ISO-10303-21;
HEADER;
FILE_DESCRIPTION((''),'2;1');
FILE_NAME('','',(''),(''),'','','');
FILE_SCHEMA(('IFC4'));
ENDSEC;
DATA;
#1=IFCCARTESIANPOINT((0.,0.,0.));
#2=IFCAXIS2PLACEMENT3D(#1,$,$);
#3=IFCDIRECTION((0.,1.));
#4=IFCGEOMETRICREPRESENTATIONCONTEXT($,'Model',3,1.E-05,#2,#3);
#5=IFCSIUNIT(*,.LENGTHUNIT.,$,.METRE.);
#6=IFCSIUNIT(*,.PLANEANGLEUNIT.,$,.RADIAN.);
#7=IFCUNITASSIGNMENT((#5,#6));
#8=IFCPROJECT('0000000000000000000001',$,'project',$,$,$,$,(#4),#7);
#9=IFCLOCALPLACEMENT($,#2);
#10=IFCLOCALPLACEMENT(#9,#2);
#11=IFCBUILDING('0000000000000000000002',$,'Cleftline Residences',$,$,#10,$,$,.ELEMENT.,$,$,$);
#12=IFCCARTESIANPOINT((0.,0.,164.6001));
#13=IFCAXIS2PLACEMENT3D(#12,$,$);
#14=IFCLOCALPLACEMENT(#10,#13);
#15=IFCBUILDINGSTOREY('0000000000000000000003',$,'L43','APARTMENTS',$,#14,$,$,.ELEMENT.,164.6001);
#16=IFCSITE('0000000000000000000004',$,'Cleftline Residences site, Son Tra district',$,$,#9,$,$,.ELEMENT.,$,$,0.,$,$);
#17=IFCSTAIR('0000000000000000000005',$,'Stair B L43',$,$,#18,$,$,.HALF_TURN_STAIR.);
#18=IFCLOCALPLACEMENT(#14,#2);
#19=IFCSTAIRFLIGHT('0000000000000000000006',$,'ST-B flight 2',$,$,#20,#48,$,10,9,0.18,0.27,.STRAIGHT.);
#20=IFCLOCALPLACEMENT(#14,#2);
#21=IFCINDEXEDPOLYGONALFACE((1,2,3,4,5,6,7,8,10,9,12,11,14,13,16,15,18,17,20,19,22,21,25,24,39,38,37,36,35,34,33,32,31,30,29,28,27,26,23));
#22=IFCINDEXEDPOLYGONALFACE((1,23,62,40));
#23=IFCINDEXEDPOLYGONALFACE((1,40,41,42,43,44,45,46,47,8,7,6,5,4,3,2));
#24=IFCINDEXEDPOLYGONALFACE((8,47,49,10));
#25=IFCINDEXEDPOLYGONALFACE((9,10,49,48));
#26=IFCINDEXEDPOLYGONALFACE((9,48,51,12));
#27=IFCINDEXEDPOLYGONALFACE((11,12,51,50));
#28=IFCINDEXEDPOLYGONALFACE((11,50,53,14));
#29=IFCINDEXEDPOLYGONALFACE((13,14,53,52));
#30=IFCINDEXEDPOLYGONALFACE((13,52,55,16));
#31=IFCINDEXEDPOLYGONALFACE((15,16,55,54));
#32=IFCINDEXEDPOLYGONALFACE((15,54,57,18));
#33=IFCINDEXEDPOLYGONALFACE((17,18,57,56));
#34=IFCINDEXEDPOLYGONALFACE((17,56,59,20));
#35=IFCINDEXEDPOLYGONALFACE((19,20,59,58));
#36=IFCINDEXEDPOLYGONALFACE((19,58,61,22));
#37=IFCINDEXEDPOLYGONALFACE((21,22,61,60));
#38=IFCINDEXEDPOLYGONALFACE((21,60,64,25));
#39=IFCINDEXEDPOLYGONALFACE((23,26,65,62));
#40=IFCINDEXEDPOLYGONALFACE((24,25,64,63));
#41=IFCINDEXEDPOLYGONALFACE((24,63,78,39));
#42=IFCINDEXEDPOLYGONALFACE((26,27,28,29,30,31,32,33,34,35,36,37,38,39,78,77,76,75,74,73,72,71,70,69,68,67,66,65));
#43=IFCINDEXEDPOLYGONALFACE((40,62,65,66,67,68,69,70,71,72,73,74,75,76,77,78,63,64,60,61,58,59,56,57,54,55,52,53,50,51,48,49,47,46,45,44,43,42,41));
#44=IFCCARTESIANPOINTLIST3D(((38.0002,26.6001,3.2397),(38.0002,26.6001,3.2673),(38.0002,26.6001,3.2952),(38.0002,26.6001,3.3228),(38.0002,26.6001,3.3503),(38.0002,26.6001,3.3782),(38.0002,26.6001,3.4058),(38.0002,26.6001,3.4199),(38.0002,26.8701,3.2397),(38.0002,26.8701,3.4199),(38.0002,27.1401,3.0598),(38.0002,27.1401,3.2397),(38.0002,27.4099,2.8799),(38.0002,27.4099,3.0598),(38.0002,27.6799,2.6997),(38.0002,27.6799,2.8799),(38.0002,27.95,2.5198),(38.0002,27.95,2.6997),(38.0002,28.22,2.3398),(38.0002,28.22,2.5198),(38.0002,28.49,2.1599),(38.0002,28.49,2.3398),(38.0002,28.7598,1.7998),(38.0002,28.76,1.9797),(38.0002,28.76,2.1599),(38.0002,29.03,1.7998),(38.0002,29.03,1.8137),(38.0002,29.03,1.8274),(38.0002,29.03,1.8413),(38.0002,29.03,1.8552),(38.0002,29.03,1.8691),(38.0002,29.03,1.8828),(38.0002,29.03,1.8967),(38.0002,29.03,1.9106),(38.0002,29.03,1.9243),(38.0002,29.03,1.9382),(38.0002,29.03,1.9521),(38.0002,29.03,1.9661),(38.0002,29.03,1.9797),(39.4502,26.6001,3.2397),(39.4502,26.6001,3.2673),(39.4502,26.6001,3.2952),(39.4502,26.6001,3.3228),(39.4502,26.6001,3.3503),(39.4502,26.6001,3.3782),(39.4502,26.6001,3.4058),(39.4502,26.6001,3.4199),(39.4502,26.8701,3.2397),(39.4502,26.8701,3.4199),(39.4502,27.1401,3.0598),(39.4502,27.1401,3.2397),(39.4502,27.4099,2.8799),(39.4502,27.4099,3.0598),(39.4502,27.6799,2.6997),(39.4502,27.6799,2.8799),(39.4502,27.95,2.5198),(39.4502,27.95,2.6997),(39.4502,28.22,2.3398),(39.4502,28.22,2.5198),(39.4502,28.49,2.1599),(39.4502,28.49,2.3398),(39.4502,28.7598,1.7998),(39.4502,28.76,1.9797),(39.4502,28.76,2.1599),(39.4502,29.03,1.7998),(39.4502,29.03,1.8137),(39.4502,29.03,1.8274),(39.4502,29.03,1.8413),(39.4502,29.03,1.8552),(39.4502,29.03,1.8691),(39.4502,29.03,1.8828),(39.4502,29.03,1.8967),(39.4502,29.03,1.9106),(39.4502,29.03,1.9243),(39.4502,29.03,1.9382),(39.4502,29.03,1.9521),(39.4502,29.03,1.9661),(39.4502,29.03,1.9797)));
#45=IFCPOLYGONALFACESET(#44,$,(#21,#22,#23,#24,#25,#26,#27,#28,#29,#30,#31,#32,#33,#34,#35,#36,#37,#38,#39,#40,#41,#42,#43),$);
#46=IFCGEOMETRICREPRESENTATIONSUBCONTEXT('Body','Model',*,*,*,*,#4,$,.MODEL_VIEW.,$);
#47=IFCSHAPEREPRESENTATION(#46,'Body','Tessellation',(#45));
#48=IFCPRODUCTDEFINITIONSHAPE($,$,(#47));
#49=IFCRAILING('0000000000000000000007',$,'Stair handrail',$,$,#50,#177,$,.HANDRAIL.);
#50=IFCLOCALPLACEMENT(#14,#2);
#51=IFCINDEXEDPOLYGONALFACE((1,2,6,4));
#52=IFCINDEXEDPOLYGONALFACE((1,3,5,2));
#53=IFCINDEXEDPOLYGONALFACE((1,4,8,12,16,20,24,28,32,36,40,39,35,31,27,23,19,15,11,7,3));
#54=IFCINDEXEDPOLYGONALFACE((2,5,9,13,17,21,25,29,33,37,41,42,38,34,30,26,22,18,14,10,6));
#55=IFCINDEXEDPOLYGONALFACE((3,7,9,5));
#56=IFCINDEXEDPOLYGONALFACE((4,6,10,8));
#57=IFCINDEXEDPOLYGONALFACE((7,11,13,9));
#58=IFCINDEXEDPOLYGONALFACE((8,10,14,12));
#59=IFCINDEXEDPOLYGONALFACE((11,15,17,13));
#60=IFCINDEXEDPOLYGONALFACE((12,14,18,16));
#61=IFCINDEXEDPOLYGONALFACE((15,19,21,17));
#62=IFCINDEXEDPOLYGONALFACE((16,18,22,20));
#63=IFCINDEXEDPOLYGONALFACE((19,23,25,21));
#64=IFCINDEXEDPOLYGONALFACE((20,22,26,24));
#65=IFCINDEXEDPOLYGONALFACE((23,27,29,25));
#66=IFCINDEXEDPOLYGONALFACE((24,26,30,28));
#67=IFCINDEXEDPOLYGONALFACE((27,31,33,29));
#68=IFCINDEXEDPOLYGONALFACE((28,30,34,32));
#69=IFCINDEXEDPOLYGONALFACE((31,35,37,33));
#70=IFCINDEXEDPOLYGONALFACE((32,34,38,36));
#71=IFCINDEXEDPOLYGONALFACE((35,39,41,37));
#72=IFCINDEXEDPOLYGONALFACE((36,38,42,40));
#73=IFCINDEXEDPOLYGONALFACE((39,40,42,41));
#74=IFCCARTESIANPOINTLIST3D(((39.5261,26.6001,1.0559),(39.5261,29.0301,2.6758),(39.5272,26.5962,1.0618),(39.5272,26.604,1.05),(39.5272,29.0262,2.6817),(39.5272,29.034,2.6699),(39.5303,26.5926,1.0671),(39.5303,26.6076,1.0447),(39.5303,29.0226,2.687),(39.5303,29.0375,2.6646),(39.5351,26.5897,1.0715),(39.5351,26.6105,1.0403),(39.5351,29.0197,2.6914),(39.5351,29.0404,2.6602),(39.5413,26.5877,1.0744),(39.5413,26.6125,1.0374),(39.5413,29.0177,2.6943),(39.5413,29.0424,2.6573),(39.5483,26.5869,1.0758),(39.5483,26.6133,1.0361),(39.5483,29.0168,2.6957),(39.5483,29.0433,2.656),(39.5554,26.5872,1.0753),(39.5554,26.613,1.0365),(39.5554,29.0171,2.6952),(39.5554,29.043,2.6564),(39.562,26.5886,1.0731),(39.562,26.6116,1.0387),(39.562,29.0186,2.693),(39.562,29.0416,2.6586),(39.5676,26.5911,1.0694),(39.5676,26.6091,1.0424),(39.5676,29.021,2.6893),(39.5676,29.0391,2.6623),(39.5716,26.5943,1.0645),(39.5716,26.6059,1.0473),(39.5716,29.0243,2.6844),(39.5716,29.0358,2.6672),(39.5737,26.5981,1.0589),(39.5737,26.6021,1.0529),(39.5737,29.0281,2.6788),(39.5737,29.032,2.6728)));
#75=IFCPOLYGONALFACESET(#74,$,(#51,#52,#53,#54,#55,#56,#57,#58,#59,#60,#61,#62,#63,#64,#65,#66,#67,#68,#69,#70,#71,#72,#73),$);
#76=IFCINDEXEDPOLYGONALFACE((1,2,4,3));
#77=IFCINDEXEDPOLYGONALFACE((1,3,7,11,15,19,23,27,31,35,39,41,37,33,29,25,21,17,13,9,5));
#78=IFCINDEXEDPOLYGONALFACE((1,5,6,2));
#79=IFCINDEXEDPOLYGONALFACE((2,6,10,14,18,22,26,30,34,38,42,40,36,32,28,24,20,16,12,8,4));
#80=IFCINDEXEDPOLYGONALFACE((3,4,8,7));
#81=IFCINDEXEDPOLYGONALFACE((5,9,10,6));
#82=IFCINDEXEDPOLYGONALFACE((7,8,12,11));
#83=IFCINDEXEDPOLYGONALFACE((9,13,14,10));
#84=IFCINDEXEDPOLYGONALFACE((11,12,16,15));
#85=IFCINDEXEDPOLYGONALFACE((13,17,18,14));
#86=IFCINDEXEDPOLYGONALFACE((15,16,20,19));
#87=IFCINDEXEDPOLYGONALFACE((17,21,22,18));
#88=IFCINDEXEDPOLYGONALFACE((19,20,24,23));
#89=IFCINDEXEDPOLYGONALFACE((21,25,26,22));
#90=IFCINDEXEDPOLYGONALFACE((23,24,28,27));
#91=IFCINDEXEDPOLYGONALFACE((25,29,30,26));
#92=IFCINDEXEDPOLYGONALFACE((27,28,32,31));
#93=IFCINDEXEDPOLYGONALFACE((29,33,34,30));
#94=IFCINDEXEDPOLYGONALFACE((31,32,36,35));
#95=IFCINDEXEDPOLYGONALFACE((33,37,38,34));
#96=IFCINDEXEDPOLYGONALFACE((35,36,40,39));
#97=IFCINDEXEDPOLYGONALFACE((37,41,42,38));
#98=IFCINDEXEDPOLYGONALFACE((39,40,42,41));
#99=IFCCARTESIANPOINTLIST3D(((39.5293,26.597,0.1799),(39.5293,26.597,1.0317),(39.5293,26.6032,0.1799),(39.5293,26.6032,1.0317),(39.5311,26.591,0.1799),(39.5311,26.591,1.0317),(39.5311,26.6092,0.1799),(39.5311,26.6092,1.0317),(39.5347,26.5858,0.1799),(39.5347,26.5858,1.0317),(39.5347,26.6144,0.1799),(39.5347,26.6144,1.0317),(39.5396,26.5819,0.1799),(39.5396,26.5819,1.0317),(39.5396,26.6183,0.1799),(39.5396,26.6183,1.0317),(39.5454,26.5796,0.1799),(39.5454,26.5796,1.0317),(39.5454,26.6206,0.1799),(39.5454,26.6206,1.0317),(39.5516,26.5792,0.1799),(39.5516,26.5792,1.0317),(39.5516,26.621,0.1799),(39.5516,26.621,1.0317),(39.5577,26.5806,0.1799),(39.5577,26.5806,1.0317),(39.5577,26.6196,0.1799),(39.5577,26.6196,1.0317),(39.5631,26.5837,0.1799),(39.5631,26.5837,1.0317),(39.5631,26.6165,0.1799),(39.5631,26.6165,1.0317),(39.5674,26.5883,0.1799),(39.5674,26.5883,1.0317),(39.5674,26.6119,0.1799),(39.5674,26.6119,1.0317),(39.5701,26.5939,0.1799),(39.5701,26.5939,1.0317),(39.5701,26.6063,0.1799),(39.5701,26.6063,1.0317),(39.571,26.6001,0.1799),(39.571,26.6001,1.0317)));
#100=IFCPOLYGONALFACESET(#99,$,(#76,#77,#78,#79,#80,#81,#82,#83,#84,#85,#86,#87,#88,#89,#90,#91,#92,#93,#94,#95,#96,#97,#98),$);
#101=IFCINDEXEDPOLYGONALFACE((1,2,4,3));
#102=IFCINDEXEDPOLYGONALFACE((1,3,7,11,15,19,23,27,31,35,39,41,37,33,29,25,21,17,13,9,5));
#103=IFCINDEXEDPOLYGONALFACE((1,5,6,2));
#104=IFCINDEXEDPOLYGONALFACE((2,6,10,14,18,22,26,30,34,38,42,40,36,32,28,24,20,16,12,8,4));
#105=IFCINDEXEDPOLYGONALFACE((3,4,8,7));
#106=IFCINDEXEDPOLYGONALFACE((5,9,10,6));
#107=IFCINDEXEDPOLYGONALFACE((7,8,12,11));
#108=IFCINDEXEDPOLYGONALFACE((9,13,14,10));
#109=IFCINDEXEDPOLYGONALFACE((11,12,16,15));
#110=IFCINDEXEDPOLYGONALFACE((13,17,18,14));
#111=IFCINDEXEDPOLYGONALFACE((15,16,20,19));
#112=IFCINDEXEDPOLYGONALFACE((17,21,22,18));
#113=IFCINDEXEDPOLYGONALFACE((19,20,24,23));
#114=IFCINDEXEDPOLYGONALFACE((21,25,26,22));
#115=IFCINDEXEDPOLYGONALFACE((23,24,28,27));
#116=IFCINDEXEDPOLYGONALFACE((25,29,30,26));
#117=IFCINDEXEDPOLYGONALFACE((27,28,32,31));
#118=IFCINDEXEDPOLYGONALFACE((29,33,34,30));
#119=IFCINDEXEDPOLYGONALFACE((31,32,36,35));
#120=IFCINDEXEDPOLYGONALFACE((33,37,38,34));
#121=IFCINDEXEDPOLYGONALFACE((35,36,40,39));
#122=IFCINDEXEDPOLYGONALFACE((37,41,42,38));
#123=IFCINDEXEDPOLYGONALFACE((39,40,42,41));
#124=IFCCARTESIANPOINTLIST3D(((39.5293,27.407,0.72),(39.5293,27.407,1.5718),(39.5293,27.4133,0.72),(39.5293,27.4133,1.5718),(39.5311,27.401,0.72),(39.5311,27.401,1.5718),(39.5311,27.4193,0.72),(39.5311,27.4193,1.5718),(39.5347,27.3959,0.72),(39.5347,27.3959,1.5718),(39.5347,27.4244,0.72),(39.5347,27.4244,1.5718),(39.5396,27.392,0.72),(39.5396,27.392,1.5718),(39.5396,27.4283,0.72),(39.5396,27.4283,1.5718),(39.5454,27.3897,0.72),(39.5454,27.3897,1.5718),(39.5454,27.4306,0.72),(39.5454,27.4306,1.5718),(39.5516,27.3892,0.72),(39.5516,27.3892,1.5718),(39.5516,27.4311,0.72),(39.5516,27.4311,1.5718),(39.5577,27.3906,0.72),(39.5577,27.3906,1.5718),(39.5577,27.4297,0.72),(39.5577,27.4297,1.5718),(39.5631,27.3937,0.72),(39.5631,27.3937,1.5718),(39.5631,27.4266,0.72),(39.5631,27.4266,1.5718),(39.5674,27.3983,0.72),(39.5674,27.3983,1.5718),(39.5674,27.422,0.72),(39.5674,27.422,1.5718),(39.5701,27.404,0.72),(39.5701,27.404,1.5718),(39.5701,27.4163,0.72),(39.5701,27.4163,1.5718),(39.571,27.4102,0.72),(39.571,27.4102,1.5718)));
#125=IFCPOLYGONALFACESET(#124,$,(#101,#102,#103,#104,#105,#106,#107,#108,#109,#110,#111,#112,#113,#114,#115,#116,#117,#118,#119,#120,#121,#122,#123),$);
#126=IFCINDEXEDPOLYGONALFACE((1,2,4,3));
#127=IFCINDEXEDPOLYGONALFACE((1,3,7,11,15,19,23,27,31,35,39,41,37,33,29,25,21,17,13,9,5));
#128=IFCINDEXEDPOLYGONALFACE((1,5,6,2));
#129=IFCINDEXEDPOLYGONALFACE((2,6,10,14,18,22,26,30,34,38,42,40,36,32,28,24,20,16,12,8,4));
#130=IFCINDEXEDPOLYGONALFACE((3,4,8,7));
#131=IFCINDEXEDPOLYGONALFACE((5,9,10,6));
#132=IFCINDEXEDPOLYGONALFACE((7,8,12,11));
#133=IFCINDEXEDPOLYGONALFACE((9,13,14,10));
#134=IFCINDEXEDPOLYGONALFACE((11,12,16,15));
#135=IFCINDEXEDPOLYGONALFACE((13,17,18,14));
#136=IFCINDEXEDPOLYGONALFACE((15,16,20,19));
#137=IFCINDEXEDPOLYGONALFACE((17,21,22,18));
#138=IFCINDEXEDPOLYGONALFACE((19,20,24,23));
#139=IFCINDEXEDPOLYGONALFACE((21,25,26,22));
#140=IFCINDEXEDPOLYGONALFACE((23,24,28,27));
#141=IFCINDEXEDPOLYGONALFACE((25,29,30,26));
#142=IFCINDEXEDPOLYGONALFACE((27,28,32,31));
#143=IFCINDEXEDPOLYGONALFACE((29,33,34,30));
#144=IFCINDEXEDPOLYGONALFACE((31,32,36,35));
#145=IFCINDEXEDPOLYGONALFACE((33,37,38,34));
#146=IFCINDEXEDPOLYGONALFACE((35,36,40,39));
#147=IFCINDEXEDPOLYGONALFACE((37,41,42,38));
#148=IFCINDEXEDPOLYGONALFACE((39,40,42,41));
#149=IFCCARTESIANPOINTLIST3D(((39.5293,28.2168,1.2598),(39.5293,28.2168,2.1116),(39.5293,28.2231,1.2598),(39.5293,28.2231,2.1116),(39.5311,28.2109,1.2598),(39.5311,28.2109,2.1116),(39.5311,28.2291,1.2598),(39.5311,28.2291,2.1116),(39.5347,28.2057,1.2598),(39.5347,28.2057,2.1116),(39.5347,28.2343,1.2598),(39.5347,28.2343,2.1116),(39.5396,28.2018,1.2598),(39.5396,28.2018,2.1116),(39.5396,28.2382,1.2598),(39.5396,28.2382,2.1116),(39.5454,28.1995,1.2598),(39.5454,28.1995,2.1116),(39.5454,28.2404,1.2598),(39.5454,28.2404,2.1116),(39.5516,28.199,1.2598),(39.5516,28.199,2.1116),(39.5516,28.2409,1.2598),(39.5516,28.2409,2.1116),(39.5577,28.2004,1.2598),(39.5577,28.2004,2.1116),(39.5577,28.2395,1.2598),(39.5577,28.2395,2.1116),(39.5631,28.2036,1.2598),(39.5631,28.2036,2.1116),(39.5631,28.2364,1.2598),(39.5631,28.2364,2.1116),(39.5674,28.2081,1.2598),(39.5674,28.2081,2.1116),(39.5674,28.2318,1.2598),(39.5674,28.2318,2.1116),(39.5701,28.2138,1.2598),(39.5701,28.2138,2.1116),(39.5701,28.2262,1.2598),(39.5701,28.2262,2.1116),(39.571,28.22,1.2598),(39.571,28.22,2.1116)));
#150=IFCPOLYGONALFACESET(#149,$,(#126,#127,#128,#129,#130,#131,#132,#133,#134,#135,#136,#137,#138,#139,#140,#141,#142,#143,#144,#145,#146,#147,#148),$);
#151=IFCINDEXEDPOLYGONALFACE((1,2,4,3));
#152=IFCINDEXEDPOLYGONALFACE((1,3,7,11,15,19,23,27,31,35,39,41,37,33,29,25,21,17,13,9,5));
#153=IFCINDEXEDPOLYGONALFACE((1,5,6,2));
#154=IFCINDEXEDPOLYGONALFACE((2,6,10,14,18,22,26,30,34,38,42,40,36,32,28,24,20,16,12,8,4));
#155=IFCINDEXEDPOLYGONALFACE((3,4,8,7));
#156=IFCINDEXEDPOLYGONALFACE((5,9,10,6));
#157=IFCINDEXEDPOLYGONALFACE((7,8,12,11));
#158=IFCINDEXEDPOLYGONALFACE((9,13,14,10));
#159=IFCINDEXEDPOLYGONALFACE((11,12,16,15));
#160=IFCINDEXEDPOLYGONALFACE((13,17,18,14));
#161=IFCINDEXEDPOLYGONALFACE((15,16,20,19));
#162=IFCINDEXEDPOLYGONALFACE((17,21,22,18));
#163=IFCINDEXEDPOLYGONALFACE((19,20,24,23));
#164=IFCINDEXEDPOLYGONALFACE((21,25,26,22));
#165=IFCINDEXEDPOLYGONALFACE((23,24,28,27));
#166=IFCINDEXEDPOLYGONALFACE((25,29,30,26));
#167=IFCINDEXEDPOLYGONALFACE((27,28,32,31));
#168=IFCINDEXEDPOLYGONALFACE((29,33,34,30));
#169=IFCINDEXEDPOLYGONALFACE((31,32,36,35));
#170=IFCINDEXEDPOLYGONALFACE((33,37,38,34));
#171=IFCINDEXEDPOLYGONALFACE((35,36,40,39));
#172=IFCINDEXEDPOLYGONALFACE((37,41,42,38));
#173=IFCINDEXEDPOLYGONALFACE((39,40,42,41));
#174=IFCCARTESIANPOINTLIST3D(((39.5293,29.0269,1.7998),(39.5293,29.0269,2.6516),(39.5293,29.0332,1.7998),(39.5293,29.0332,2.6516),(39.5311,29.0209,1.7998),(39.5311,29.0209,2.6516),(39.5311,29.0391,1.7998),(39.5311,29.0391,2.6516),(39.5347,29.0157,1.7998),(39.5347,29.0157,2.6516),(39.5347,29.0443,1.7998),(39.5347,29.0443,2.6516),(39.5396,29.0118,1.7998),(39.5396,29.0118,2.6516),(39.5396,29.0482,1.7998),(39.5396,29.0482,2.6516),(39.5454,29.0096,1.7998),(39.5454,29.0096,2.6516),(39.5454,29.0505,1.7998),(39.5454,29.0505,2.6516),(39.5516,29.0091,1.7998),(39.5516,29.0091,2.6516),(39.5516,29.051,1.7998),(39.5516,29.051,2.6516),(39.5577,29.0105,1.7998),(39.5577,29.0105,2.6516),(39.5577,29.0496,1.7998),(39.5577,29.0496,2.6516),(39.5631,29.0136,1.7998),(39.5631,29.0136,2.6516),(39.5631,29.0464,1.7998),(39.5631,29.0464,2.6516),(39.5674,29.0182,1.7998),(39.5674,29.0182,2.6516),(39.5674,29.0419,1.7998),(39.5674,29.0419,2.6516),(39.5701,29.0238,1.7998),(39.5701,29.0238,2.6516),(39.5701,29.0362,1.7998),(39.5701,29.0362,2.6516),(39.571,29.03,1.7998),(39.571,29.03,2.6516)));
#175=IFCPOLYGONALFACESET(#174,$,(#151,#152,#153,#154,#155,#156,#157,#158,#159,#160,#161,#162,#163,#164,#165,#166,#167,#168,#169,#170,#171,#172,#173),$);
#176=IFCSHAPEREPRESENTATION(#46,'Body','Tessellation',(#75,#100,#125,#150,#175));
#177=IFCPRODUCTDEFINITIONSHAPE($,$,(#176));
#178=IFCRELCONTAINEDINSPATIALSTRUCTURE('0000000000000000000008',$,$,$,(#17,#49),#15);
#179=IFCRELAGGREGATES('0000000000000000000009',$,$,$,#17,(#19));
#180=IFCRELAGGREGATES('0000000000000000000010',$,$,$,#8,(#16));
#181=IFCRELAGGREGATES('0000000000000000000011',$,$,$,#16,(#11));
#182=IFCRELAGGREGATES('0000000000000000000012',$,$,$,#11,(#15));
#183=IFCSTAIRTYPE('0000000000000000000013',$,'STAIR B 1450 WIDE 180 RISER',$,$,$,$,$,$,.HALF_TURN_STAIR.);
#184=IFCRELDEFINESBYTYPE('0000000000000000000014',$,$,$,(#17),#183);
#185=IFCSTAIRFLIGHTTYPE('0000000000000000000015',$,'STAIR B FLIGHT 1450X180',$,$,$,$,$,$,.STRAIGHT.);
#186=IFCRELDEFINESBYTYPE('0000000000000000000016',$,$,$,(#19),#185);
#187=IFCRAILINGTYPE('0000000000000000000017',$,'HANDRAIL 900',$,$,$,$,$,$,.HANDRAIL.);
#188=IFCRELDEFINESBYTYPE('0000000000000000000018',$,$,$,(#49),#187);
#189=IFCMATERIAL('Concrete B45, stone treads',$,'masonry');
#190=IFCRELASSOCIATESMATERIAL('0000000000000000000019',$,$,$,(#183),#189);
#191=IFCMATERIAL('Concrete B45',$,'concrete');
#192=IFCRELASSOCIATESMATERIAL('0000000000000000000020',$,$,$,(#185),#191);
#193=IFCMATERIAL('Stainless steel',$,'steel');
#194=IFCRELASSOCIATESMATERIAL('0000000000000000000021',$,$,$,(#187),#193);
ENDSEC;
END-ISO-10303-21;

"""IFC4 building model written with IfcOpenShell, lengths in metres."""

from ifc_helpers import new_model, si_unit, direction, frame, origin, origin_2d, place, context, subcontext, project, spatial, polyline, circle, outline, extrude, material, type_object, element, aggregate, save


model = new_model("IFC4")

# Units and contexts
model_context = context("Model", 3, precision=1e-05, world=origin(), true_north=direction((0.0, 1.0)))
body_context = subcontext(model_context, "Body", "Model", "MODEL_VIEW")
ifc_project = project(units=[si_unit("LENGTHUNIT", "METRE"), si_unit("PLANEANGLEUNIT", "RADIAN")], contexts=[model_context])

# Site, building, storey
site_placement = place(None, origin())
site = spatial("IfcSite", under=ifc_project, at=site_placement, Name="Cleftline Residences site, Son Tra district", CompositionType="ELEMENT", RefElevation=0.0)
building_placement = place(site_placement, origin())
building = spatial("IfcBuilding", under=site, at=building_placement, Name="Cleftline Residences", CompositionType="ELEMENT")
storey_placement = place(building_placement, frame((0.0, 0.0, 164.6001)))
storey = spatial("IfcBuildingStorey", under=building, at=storey_placement, Name="L43", Description="APARTMENTS", CompositionType="ELEMENT", Elevation=164.6001)

# Stair, stair flight
ifc_material_1 = material(Name="Concrete B45, stone treads", Category="masonry")
stair_type = type_object("IfcStairType", Name="STAIR B 1450 WIDE 180 RISER", PredefinedType="HALF_TURN_STAIR", material=ifc_material_1)
stair_placement = place(storey_placement, origin())
stair = element("IfcStair", 1, at=stair_placement, inside=storey, type_object=stair_type, Name="Stair B L43", PredefinedType="HALF_TURN_STAIR")
ifc_material_2 = material(Name="Concrete B45", Category="concrete")
stair_flight_type = type_object("IfcStairFlightType", Name="STAIR B FLIGHT 1450X180", PredefinedType="STRAIGHT", material=ifc_material_2)
stair_flight_1_placement = place(storey_placement, frame((38.7251, 29.03, 1.7998), z_axis=(0.0, 0.0, 1.0), x_axis=(0.0, -1.0, 0.0)))
stair_flight_1 = element("IfcStairFlight", 2, at=stair_flight_1_placement, type_object=stair_flight_type, Name="ST-B flight 2", NumberOfRisers=10, NumberOfTreads=9, PredefinedType="STRAIGHT", RiserHeight=0.18, TreadLength=0.27, context=body_context, shape_type="SweptSolid", body=[
    extrude(outline(polyline([(0.0, 0.0), (0.0, 0.0139), (0.0, 0.0276), (0.0, 0.0415), (0.0, 0.0554), (0.0, 0.0693), (0.0, 0.083), (0.0, 0.0969), (0.0, 0.1108), (0.0, 0.1245), (0.0, 0.1384), (0.0, 0.1523), (0.0, 0.1663), (0.0, 0.1799), (0.27, 0.1799), (0.27, 0.3601), (0.54, 0.3601), (0.54, 0.54), (0.8101, 0.54), (0.8101, 0.72), (1.0801, 0.72), (1.0801, 0.8999), (1.3501, 0.8999), (1.3501, 1.0801), (1.6201, 1.0801), (1.6201, 1.26), (1.8899, 1.26), (1.8899, 1.4399), (2.1599, 1.4399), (2.1599, 1.6201), (2.4299, 1.6201), (2.4299, 1.8), (2.4299, 1.7722), (2.4299, 1.7446), (2.4299, 1.7168), (2.4299, 1.6892), (2.4299, 1.6614), (2.4299, 1.6338), (2.4299, 1.606), (2.4299, 1.5784), (2.4299, 1.5505), (2.4299, 1.5229), (2.4299, 1.4954), (2.4299, 1.4675), (2.4299, 1.4399), (0.2703, 0.0), (0.0, 0.0)])), frame((0.0, 0.7251, 0.0), z_axis=(0.0, -1.0, 0.0), x_axis=(1.0, 0.0, 0.0)), (0.0, 0.0, 1.0), 1.45),
])
aggregate(stair, [stair_flight_1])

# Railing
ifc_material_3 = material(Name="Stainless steel", Category="steel")
railing_type = type_object("IfcRailingType", Name="HANDRAIL 900", PredefinedType="HANDRAIL", material=ifc_material_3)
railing_1_placement = place(storey_placement, frame((39.55, 26.6001, 0.1799)))
element("IfcRailing", 3, at=railing_1_placement, inside=storey, type_object=railing_type, Name="Stair handrail", PredefinedType="HANDRAIL", context=body_context, shape_type="SweptSolid", body=[
    extrude(circle(Radius=0.0239, at=origin_2d()), frame((0.0, 0.0, 0.876), z_axis=(0.0, 0.832063, 0.554681), x_axis=(-1.0, 0.0, 0.0)), (0.0, 0.0, 1.0), 2.9204),
    extrude(circle(Radius=0.021, at=origin_2d()), origin(), (0.0, 0.0, 1.0), 0.8518),
    extrude(circle(Radius=0.021, at=origin_2d()), frame((0.0, 0.8101, 0.54)), (0.0, 0.0, 1.0), 0.8518),
    extrude(circle(Radius=0.021, at=origin_2d()), frame((0.0, 1.6199, 1.0798)), (0.0, 0.0, 1.0), 0.8518),
    extrude(circle(Radius=0.021, at=origin_2d()), frame((0.0, 2.4299, 1.6199)), (0.0, 0.0, 1.0), 0.8518),
])

save(model, "model.ifc")
